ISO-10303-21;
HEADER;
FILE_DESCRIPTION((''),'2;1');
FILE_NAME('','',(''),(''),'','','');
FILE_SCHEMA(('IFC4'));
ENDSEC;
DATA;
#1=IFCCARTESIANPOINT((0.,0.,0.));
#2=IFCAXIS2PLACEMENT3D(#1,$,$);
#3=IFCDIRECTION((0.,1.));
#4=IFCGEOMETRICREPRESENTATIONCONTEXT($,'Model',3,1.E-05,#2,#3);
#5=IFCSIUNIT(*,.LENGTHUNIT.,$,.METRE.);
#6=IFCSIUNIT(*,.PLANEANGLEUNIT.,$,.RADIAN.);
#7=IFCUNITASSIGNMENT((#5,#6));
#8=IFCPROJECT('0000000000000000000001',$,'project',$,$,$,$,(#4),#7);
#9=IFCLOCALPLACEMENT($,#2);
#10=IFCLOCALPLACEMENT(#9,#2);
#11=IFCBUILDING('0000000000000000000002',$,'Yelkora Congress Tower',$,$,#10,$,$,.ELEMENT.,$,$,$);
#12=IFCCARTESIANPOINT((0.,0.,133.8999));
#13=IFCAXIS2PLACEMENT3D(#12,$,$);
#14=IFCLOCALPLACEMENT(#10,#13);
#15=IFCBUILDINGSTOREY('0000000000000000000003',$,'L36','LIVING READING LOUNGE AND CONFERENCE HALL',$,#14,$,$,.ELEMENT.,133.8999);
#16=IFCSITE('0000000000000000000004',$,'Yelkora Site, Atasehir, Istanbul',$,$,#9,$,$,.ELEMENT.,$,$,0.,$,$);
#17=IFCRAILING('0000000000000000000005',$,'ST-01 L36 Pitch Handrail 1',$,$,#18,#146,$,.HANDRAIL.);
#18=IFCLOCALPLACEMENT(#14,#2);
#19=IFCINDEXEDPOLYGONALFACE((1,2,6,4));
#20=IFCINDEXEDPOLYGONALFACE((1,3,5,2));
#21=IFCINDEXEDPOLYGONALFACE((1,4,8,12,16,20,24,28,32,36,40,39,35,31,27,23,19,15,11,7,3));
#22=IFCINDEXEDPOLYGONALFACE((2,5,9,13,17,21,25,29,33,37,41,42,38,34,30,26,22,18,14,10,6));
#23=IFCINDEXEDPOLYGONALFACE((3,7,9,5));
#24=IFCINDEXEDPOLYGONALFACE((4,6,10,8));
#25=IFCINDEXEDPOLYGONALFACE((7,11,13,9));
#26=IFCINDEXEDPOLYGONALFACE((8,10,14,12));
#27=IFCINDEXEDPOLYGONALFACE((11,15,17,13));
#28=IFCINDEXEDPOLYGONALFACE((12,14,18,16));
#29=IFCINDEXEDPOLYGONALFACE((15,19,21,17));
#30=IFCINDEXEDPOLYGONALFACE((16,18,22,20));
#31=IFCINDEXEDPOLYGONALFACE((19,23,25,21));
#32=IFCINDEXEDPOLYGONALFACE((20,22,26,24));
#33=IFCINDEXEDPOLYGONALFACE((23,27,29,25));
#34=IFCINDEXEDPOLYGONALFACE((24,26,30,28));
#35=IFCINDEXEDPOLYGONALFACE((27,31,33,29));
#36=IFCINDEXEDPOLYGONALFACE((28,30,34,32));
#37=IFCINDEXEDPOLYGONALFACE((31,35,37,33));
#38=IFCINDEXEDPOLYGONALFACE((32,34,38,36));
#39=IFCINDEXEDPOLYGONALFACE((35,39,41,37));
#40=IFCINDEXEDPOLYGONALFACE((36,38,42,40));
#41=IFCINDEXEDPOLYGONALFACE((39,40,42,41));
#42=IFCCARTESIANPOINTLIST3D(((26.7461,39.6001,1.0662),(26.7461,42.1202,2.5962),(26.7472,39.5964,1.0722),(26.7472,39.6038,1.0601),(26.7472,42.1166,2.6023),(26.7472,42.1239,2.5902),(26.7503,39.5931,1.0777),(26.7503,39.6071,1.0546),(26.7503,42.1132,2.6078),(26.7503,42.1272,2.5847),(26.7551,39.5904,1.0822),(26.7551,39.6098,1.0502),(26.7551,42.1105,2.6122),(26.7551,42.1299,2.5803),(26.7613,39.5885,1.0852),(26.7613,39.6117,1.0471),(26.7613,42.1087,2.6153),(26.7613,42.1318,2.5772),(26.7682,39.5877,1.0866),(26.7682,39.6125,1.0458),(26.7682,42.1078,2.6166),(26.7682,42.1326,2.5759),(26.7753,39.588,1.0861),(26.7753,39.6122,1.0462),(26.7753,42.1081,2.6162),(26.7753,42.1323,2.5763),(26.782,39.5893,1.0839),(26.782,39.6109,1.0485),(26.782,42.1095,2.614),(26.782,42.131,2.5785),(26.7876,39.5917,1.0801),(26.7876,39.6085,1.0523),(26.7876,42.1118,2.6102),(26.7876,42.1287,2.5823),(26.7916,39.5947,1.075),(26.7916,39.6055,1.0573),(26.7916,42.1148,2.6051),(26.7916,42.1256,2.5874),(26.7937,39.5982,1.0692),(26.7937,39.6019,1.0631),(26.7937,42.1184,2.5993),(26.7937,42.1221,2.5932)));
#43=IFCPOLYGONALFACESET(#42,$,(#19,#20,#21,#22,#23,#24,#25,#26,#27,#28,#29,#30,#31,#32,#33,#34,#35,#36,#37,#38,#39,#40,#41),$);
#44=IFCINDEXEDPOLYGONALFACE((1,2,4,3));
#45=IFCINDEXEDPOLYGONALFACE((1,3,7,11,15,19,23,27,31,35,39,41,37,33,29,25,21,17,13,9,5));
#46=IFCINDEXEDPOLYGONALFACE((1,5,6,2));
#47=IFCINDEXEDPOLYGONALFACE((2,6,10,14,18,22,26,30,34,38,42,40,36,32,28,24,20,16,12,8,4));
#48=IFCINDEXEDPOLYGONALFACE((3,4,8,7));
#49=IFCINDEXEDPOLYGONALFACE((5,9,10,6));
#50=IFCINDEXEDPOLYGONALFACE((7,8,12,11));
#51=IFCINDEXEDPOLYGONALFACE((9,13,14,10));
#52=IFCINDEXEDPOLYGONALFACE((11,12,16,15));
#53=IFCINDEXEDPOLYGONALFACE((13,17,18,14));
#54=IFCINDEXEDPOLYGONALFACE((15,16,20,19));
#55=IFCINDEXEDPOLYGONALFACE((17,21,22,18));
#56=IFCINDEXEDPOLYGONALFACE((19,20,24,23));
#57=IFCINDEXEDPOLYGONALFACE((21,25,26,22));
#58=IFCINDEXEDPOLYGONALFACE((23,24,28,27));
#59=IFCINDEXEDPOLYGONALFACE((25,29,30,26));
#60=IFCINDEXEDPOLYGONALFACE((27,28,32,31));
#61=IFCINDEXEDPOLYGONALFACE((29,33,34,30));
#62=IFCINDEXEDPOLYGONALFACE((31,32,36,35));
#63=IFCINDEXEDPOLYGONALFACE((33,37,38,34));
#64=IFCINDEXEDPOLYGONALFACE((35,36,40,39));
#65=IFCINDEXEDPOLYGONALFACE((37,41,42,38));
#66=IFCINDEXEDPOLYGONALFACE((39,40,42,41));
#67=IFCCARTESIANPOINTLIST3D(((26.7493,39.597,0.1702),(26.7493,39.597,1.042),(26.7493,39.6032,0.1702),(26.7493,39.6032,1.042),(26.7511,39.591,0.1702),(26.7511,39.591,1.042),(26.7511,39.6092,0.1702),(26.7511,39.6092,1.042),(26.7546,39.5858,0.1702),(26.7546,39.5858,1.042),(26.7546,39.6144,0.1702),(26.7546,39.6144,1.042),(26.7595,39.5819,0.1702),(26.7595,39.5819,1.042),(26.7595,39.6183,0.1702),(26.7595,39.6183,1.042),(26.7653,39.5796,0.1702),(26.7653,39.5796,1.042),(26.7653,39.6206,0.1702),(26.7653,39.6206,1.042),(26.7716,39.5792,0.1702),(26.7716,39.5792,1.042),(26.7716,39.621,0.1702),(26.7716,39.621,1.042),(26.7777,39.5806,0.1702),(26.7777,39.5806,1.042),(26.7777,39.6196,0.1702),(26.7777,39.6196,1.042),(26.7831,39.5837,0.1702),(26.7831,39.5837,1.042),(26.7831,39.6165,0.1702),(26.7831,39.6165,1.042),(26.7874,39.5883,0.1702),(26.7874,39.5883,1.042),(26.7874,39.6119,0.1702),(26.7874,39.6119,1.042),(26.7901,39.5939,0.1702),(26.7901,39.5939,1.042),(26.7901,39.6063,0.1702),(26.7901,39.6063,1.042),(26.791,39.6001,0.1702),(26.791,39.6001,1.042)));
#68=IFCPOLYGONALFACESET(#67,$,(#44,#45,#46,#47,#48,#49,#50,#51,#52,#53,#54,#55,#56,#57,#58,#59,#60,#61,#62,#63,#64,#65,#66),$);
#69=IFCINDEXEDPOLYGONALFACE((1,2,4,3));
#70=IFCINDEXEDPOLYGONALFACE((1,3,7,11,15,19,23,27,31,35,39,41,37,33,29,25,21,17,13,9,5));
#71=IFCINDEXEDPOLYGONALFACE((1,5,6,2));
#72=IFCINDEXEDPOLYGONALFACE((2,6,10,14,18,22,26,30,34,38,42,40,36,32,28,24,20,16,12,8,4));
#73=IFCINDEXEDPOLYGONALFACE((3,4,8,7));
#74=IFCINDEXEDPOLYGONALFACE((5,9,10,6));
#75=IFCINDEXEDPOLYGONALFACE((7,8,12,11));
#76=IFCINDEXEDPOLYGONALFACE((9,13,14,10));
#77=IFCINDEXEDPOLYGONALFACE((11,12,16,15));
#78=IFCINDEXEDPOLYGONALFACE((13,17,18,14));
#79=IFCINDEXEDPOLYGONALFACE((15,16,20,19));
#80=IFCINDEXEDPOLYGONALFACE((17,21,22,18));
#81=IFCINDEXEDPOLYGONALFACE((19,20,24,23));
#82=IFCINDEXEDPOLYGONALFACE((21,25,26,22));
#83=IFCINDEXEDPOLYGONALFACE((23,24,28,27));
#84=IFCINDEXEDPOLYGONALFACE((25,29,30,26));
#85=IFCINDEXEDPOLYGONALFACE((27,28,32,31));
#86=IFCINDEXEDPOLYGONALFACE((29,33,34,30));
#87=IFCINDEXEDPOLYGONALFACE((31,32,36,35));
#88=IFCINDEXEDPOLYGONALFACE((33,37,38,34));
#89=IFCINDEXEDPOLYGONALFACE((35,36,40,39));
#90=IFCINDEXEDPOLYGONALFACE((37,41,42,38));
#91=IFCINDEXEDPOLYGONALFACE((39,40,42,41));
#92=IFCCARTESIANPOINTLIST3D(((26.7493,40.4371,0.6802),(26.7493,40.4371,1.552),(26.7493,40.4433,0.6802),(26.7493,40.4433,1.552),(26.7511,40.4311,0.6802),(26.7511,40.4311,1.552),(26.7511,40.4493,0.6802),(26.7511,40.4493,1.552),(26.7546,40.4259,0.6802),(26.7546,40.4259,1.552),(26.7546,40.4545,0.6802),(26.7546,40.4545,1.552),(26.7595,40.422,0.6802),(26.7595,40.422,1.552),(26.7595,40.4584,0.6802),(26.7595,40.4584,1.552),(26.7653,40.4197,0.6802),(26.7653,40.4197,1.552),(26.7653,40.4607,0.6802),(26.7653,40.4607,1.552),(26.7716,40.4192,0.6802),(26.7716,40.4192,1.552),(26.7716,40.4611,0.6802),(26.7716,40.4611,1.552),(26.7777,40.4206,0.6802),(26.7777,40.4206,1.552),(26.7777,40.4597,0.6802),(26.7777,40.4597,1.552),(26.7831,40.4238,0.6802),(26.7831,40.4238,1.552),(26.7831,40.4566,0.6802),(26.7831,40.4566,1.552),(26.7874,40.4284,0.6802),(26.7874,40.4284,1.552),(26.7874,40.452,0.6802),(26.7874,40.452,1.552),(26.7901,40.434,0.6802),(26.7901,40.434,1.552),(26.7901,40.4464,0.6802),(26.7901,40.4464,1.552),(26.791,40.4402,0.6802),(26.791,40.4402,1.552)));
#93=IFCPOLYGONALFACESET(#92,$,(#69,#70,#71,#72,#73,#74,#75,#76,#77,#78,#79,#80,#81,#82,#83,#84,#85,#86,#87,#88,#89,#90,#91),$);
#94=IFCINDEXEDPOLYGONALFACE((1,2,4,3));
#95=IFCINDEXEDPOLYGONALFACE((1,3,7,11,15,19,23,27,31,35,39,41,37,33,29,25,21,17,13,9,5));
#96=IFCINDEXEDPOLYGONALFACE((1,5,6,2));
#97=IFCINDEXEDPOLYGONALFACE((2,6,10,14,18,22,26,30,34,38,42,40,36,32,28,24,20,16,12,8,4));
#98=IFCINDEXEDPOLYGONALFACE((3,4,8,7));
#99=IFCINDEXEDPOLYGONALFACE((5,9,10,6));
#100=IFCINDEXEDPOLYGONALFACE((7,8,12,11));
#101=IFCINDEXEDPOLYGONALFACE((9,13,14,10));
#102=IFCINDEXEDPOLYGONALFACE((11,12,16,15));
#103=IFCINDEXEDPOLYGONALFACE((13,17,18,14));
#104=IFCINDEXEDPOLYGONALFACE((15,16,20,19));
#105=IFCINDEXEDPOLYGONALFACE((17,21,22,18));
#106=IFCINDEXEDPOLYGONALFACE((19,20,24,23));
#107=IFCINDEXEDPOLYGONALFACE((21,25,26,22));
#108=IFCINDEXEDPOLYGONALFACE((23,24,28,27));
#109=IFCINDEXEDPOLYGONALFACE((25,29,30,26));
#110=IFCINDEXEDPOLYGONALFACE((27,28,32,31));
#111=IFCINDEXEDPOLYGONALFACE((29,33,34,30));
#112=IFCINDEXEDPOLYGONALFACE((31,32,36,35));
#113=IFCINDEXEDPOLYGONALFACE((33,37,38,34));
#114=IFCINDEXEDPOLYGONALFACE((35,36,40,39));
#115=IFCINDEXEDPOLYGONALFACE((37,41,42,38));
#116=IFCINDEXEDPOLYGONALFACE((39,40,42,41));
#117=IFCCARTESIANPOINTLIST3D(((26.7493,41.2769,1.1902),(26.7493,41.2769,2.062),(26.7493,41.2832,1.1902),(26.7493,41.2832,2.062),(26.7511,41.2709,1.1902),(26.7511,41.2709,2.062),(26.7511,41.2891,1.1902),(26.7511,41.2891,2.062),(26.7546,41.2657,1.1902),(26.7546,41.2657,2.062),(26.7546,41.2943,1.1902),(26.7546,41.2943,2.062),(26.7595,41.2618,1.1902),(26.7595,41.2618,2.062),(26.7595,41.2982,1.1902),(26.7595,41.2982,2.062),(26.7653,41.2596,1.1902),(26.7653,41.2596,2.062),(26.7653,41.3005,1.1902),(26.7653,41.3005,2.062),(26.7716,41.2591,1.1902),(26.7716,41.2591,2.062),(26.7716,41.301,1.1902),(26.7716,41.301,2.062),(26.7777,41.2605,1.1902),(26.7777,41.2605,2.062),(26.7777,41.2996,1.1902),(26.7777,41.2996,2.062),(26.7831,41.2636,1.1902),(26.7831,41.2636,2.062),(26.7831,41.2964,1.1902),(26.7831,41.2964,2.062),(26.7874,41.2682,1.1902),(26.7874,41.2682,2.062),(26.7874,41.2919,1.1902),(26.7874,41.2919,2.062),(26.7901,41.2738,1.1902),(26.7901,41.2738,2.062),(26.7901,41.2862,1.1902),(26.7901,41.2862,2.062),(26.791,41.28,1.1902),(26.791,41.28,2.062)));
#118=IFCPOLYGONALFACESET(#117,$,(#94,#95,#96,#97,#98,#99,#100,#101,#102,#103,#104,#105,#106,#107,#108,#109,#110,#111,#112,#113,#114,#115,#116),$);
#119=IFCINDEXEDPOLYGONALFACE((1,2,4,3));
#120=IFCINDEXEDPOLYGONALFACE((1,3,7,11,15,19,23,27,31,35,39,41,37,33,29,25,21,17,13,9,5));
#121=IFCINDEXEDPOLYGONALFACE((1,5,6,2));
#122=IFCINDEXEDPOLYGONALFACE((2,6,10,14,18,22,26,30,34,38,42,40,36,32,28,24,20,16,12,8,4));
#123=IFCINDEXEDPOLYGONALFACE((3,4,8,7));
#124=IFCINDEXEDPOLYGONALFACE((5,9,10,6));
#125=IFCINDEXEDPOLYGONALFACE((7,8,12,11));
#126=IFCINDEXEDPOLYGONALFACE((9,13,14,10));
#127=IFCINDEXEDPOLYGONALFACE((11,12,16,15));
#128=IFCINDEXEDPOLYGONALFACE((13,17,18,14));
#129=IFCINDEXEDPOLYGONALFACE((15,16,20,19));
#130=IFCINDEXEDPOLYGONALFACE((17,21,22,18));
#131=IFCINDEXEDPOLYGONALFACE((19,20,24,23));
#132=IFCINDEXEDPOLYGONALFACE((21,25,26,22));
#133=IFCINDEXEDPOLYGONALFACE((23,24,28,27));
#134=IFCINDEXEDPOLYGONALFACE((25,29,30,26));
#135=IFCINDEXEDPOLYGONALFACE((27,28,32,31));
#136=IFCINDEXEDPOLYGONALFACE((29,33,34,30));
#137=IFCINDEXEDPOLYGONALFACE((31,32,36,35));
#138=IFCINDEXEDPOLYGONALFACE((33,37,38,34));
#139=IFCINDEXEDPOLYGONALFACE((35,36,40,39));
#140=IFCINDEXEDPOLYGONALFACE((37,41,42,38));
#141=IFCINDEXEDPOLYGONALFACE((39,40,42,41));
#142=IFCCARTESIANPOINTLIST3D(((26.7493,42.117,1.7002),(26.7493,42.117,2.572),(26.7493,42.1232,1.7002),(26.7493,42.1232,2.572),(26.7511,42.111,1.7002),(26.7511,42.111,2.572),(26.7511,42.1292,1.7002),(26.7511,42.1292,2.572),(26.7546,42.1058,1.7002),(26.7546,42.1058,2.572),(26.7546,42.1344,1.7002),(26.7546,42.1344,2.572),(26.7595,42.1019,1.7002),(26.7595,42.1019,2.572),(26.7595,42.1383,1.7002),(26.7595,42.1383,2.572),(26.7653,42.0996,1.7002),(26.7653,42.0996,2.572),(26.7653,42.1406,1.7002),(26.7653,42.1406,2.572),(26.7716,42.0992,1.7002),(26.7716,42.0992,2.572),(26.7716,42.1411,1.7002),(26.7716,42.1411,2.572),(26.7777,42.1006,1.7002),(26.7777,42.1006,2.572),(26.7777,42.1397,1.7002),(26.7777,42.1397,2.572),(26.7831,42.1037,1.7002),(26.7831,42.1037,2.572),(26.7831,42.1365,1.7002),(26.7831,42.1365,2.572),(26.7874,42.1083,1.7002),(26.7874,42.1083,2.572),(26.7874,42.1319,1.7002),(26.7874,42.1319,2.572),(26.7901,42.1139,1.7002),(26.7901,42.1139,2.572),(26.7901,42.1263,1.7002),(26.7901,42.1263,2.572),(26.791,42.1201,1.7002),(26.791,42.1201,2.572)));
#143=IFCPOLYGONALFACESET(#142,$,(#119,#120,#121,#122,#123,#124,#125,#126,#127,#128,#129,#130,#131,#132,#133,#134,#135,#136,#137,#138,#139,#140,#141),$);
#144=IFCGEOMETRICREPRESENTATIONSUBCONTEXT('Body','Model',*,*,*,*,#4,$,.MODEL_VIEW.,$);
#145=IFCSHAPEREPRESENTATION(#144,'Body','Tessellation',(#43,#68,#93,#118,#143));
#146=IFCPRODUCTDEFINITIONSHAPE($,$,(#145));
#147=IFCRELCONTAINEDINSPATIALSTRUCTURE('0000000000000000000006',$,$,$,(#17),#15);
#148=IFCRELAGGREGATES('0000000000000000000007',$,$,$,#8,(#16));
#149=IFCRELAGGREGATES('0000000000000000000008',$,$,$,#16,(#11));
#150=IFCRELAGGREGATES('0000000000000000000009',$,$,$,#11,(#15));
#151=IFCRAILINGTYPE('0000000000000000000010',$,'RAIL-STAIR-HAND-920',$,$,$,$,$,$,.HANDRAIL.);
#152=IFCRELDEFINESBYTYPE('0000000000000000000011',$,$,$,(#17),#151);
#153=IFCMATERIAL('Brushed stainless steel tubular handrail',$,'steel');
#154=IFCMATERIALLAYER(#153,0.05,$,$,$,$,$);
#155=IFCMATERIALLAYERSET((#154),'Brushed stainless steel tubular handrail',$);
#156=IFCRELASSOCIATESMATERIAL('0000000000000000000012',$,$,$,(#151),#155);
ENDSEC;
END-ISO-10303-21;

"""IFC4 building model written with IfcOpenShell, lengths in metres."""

from ifc_helpers import new_model, si_unit, direction, frame, origin, origin_2d, place, context, subcontext, project, spatial, circle, extrude, material, layer, layer_set, type_object, element, save


model = new_model("IFC4")

# Units and contexts
model_context = context("Model", 3, precision=1e-05, world=origin(), true_north=direction((0.0, 1.0)))
body_context = subcontext(model_context, "Body", "Model", "MODEL_VIEW")
ifc_project = project(units=[si_unit("LENGTHUNIT", "METRE"), si_unit("PLANEANGLEUNIT", "RADIAN")], contexts=[model_context])

# Site, building, storey
site_placement = place(None, origin())
site = spatial("IfcSite", under=ifc_project, at=site_placement, Name="Yelkora Site, Atasehir, Istanbul", CompositionType="ELEMENT", RefElevation=0.0)
building_placement = place(site_placement, origin())
building = spatial("IfcBuilding", under=site, at=building_placement, Name="Yelkora Congress Tower", CompositionType="ELEMENT")
storey_placement = place(building_placement, frame((0.0, 0.0, 133.8999)))
storey = spatial("IfcBuildingStorey", under=building, at=storey_placement, Name="L36", Description="LIVING READING LOUNGE AND CONFERENCE HALL", CompositionType="ELEMENT", Elevation=133.8999)

# Railing
ifc_material_1 = material(Name="Brushed stainless steel tubular handrail", Category="steel")
ifc_layer_1 = layer(ifc_material_1, 0.05)
ifc_layer_set_1 = layer_set([ifc_layer_1], Name="Brushed stainless steel tubular handrail")
railing_type_1 = type_object("IfcRailingType", Name="RAIL-STAIR-HAND-920", PredefinedType="HANDRAIL", material=ifc_layer_set_1)
railing_1_placement = place(storey_placement, frame((26.77, 39.6001, 0.1702)))
element("IfcRailing", 1, at=railing_1_placement, inside=storey, type_object=railing_type_1, Name="ST-01 L36 Pitch Handrail 1", PredefinedType="HANDRAIL", context=body_context, shape_type="SweptSolid", body=[
    extrude(circle(Radius=0.0239, at=origin_2d()), frame((0.0, 0.0, 0.896), z_axis=(0.0, 0.854785, 0.518982), x_axis=(-1.0, 0.0, 0.0)), (0.0, 0.0, 1.0), 2.9482),
    extrude(circle(Radius=0.021, at=origin_2d()), origin(), (0.0, 0.0, 1.0), 0.8718),
    extrude(circle(Radius=0.021, at=origin_2d()), frame((0.0, 0.8401, 0.51)), (0.0, 0.0, 1.0), 0.8718),
    extrude(circle(Radius=0.021, at=origin_2d()), frame((0.0, 1.6799, 1.02)), (0.0, 0.0, 1.0), 0.8718),
    extrude(circle(Radius=0.021, at=origin_2d()), frame((0.0, 2.52, 1.53)), (0.0, 0.0, 1.0), 0.8718),
])

save(model, "model.ifc")
